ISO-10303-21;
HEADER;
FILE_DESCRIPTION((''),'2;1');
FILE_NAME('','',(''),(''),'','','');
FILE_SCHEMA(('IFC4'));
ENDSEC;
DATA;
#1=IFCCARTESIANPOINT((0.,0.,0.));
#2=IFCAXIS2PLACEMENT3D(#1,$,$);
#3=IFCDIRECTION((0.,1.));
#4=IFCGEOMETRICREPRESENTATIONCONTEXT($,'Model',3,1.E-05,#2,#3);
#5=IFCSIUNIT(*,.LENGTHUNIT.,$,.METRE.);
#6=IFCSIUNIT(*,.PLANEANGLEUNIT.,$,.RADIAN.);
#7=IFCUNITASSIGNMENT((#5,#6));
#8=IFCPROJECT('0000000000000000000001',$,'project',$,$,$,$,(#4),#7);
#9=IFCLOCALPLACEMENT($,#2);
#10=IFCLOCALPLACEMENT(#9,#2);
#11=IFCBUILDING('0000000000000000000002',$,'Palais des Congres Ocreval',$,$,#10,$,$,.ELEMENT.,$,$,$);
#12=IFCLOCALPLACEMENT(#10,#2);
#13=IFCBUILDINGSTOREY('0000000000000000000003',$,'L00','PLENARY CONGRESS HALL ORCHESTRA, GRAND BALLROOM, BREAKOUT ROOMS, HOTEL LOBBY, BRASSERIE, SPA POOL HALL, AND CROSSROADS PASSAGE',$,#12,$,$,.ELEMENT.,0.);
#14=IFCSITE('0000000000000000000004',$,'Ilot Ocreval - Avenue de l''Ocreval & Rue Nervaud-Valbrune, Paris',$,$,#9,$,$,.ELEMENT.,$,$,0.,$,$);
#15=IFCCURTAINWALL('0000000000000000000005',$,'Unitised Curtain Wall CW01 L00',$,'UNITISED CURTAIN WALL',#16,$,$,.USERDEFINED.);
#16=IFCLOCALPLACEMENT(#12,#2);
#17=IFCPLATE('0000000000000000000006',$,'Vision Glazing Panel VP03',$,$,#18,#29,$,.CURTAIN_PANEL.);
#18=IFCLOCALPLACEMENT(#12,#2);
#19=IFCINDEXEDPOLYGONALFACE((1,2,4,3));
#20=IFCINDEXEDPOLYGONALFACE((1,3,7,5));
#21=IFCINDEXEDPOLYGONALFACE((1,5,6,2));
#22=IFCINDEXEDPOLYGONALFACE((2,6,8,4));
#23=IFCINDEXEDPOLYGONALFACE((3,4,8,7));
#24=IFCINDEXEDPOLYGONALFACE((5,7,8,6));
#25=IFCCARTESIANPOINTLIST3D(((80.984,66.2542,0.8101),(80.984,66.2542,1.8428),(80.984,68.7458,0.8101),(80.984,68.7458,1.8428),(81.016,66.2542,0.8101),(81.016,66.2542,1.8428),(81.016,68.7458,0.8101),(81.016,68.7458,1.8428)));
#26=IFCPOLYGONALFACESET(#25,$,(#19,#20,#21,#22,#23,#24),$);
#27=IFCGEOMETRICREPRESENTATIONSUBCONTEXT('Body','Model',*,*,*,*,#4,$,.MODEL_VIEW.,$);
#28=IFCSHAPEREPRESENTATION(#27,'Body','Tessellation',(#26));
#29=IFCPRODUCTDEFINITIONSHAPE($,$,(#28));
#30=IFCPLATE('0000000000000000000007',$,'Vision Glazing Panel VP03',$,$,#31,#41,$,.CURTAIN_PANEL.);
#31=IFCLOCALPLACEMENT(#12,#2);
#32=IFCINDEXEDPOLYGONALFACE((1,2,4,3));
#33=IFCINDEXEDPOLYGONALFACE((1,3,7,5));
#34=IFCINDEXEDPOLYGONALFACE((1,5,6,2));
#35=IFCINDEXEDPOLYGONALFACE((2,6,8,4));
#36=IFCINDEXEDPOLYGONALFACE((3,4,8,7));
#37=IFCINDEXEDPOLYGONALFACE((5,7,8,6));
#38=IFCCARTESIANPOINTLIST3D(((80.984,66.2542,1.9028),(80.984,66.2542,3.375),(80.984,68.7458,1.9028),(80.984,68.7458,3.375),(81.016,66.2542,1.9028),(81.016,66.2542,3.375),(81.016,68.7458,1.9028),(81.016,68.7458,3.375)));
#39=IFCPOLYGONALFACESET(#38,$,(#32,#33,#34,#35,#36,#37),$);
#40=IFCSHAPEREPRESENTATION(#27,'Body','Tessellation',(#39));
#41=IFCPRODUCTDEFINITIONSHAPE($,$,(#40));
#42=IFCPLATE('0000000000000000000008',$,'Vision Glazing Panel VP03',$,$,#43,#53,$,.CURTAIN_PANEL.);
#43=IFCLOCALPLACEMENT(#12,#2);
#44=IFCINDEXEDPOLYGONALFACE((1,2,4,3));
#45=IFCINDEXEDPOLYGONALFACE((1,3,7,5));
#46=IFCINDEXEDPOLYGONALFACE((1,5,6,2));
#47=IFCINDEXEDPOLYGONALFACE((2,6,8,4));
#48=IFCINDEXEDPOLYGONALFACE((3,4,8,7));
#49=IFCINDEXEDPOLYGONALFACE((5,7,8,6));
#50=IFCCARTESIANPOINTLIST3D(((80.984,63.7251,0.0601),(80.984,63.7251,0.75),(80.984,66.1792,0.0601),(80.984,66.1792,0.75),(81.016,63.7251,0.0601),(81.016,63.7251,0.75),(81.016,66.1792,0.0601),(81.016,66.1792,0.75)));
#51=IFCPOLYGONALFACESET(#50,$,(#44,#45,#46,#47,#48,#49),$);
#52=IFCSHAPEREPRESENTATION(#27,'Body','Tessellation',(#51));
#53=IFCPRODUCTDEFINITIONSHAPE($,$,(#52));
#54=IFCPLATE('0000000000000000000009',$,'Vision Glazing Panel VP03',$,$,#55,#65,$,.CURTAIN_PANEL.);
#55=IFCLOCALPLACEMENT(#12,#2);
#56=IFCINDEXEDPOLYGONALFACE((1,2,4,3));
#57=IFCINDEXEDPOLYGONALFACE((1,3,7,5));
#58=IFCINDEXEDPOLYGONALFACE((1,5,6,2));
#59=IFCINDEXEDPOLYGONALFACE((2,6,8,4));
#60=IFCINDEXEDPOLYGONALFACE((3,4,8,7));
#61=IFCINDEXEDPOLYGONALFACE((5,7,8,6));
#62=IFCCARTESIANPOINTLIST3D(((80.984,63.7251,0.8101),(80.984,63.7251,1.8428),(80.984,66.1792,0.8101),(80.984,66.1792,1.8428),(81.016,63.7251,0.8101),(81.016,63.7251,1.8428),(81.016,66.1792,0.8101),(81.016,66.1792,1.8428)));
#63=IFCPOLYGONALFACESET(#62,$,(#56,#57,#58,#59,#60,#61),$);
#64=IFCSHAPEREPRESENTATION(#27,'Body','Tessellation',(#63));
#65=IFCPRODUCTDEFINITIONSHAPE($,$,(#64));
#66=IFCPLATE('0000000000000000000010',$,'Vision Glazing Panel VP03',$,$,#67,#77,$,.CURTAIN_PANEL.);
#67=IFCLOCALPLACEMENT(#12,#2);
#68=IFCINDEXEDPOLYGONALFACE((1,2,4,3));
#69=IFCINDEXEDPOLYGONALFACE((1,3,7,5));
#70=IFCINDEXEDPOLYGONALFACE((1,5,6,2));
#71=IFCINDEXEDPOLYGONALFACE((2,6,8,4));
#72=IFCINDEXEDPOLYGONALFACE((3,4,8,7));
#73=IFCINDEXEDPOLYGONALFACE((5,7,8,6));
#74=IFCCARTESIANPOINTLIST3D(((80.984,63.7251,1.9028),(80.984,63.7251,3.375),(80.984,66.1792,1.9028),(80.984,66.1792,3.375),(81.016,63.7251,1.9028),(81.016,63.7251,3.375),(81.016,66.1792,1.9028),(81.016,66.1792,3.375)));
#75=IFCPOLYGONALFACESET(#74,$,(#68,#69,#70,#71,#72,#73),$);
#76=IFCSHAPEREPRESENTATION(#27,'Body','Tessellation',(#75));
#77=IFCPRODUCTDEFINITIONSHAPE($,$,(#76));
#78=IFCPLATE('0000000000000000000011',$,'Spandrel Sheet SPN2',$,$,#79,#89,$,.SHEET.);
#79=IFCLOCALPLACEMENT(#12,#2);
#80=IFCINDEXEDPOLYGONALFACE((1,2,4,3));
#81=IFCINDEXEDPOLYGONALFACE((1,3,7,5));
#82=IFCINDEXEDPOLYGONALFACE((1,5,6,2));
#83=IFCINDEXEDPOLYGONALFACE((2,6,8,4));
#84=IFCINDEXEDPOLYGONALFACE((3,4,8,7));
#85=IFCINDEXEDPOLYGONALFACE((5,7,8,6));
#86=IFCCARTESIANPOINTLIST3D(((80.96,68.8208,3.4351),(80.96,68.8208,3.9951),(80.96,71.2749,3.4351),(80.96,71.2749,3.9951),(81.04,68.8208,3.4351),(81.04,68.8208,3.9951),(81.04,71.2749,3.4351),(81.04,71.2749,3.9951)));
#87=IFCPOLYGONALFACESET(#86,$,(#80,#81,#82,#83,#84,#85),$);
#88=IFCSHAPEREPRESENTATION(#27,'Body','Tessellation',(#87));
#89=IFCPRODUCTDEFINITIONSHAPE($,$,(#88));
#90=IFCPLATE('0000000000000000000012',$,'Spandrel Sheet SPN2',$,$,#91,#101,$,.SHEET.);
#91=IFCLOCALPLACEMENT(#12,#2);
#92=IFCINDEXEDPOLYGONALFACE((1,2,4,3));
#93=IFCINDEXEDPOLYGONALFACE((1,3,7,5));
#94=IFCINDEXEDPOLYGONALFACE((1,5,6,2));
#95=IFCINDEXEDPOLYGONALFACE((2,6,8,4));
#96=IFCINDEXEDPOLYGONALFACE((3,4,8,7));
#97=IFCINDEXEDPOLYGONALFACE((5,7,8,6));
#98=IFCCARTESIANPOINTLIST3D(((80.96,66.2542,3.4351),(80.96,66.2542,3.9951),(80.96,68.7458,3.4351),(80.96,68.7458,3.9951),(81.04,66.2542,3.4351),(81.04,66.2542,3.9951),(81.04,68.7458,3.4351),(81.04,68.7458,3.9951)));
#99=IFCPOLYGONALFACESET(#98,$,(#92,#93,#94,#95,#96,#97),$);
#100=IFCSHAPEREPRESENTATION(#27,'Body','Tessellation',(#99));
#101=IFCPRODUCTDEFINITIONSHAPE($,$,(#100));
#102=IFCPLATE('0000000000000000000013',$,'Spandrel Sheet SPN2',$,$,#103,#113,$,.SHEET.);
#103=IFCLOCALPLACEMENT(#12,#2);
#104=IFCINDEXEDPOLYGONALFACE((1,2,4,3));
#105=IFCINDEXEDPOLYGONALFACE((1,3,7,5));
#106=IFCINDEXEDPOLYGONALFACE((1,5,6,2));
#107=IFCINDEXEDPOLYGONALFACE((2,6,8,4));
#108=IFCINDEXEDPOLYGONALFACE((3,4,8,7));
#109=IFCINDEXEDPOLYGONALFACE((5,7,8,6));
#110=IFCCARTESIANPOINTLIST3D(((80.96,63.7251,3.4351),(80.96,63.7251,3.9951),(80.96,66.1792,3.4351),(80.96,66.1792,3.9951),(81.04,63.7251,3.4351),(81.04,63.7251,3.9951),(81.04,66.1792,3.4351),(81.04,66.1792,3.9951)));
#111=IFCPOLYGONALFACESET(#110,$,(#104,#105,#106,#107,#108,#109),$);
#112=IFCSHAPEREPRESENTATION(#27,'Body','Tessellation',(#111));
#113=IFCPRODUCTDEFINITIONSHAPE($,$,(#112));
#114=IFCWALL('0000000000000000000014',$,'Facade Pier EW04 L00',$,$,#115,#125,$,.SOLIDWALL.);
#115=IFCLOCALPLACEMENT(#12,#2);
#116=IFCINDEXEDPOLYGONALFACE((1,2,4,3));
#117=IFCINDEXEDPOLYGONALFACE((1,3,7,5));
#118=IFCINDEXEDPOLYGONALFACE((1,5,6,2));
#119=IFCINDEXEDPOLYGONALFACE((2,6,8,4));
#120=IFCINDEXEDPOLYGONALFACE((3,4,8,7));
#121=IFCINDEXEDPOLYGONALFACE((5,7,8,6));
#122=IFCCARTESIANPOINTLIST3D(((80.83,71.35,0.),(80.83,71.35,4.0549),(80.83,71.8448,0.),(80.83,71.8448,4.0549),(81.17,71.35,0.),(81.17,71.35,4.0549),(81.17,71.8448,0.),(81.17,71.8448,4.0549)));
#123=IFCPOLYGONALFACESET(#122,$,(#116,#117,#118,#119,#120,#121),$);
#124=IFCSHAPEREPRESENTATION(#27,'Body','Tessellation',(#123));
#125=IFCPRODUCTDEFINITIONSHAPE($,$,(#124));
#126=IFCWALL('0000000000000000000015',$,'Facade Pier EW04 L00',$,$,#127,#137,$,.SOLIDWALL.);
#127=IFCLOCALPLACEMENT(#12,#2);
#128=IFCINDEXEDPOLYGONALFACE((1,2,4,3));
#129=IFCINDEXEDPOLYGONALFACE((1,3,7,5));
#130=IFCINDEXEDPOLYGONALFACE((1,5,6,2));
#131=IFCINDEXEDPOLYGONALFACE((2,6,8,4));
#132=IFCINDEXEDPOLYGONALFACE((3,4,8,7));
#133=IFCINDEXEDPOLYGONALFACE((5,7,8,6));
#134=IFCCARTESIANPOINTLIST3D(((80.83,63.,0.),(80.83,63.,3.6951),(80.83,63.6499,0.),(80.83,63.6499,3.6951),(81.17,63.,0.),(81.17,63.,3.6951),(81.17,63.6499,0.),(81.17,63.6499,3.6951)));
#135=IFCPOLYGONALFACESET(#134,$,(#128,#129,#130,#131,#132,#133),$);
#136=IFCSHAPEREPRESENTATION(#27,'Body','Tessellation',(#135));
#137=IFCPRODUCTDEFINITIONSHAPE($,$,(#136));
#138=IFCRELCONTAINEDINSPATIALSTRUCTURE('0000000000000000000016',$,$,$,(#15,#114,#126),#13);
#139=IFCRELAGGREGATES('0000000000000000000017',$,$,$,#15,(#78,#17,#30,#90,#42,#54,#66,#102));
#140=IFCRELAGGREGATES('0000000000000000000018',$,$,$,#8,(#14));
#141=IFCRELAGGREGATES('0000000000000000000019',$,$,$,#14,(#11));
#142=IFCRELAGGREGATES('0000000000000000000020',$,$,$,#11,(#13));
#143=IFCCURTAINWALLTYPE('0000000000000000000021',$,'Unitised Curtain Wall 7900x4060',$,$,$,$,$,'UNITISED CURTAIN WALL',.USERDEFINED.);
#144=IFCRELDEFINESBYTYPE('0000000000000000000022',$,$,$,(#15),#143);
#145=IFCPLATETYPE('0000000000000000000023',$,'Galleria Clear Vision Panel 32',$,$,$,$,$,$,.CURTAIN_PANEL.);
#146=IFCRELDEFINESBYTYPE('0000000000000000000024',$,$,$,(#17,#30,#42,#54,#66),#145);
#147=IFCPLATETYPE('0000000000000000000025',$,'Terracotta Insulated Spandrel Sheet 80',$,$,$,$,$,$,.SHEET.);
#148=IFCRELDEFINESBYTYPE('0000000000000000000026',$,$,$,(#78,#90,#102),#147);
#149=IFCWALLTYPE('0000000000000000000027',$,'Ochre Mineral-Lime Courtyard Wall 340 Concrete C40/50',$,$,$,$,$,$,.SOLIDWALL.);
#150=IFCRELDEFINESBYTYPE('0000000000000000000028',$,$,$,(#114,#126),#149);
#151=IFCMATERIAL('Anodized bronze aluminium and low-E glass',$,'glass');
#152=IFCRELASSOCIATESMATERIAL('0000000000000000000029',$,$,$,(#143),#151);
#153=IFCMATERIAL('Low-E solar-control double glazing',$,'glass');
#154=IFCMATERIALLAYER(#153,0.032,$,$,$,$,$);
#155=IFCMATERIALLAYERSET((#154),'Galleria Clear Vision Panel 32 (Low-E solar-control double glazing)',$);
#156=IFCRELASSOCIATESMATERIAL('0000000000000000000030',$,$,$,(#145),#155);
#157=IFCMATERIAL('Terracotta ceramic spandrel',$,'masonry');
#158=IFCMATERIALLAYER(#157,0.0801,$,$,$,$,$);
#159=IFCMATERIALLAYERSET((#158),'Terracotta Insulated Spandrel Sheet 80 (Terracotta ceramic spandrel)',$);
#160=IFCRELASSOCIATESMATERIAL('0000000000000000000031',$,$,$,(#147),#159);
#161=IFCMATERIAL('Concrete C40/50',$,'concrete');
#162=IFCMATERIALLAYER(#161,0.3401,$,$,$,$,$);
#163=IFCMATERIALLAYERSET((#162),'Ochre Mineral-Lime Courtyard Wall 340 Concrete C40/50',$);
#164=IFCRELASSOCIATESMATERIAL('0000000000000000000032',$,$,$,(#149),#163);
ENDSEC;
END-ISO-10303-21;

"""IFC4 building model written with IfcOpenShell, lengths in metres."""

from ifc_helpers import new_model, si_unit, direction, frame, frame_2d, origin, origin_2d, place, context, subcontext, project, spatial, rectangle, extrude, material, layer, layer_set, type_object, element, aggregate, save


model = new_model("IFC4")

# Units and contexts
model_context = context("Model", 3, precision=1e-05, world=origin(), true_north=direction((0.0, 1.0)))
body_context = subcontext(model_context, "Body", "Model", "MODEL_VIEW")
ifc_project = project(units=[si_unit("LENGTHUNIT", "METRE"), si_unit("PLANEANGLEUNIT", "RADIAN")], contexts=[model_context])

# Site, building, storey
site_placement = place(None, origin())
site = spatial("IfcSite", under=ifc_project, at=site_placement, Name="Ilot Ocreval - Avenue de l'Ocreval & Rue Nervaud-Valbrune, Paris", CompositionType="ELEMENT", RefElevation=0.0)
building_placement = place(site_placement, origin())
building = spatial("IfcBuilding", under=site, at=building_placement, Name="Palais des Congres Ocreval", CompositionType="ELEMENT")
storey_placement = place(building_placement, origin())
storey = spatial("IfcBuildingStorey", under=building, at=storey_placement, Name="L00", Description="PLENARY CONGRESS HALL ORCHESTRA, GRAND BALLROOM, BREAKOUT ROOMS, HOTEL LOBBY, BRASSERIE, SPA POOL HALL, AND CROSSROADS PASSAGE", CompositionType="ELEMENT", Elevation=0.0)

# Curtain wall
ifc_material_1 = material(Name="Anodized bronze aluminium and low-E glass", Category="glass")
curtain_wall_type = type_object("IfcCurtainWallType", Name="Unitised Curtain Wall 7900x4060", ElementType="UNITISED CURTAIN WALL", PredefinedType="USERDEFINED", material=ifc_material_1)
curtain_wall_placement = place(storey_placement, origin())
curtain_wall = element("IfcCurtainWall", 1, at=curtain_wall_placement, inside=storey, type_object=curtain_wall_type, Name="Unitised Curtain Wall CW01 L00", ObjectType="UNITISED CURTAIN WALL", PredefinedType="USERDEFINED")

# Plates
ifc_material_2 = material(Name="Low-E solar-control double glazing", Category="glass")
ifc_layer_1 = layer(ifc_material_2, 0.032)
ifc_layer_set_1 = layer_set([ifc_layer_1], Name="Galleria Clear Vision Panel 32 (Low-E solar-control double glazing)")
plate_type_1 = type_object("IfcPlateType", Name="Galleria Clear Vision Panel 32", PredefinedType="CURTAIN_PANEL", material=ifc_layer_set_1)
plate_1_placement = place(storey_placement, frame((81.0, 67.5, 0.8101), z_axis=(0.0, 0.0, 1.0), x_axis=(0.0, -1.0, 0.0)))
plate_1 = element("IfcPlate", 2, at=plate_1_placement, type_object=plate_type_1, Name="Vision Glazing Panel VP03", PredefinedType="CURTAIN_PANEL", context=body_context, shape_type="SweptSolid", body=[
    extrude(rectangle(XDim=2.4917, YDim=0.032, at=origin_2d()), origin(), (0.0, 0.0, 1.0), 1.0327),
])
plate_2_placement = place(storey_placement, frame((81.0, 67.5, 1.9028), z_axis=(0.0, 0.0, 1.0), x_axis=(0.0, -1.0, 0.0)))
plate_2 = element("IfcPlate", 3, at=plate_2_placement, type_object=plate_type_1, Name="Vision Glazing Panel VP03", PredefinedType="CURTAIN_PANEL", context=body_context, shape_type="SweptSolid", body=[
    extrude(rectangle(XDim=2.4917, YDim=0.032, at=origin_2d()), origin(), (0.0, 0.0, 1.0), 1.4722),
])
plate_3_placement = place(storey_placement, frame((81.0, 64.9521, 0.0601), z_axis=(0.0, 0.0, 1.0), x_axis=(0.0, -1.0, 0.0)))
plate_3 = element("IfcPlate", 4, at=plate_3_placement, type_object=plate_type_1, Name="Vision Glazing Panel VP03", PredefinedType="CURTAIN_PANEL", context=body_context, shape_type="SweptSolid", body=[
    extrude(rectangle(XDim=2.4541, YDim=0.032, at=origin_2d()), origin(), (0.0, 0.0, 1.0), 0.6899),
])
plate_4_placement = place(storey_placement, frame((81.0, 64.9521, 0.8101), z_axis=(0.0, 0.0, 1.0), x_axis=(0.0, -1.0, 0.0)))
plate_4 = element("IfcPlate", 5, at=plate_4_placement, type_object=plate_type_1, Name="Vision Glazing Panel VP03", PredefinedType="CURTAIN_PANEL", context=body_context, shape_type="SweptSolid", body=[
    extrude(rectangle(XDim=2.4541, YDim=0.032, at=origin_2d()), origin(), (0.0, 0.0, 1.0), 1.0327),
])
plate_5_placement = place(storey_placement, frame((81.0, 64.9521, 1.9028), z_axis=(0.0, 0.0, 1.0), x_axis=(0.0, -1.0, 0.0)))
plate_5 = element("IfcPlate", 6, at=plate_5_placement, type_object=plate_type_1, Name="Vision Glazing Panel VP03", PredefinedType="CURTAIN_PANEL", context=body_context, shape_type="SweptSolid", body=[
    extrude(rectangle(XDim=2.4541, YDim=0.032, at=origin_2d()), origin(), (0.0, 0.0, 1.0), 1.4722),
])
ifc_material_3 = material(Name="Terracotta ceramic spandrel", Category="masonry")
ifc_layer_2 = layer(ifc_material_3, 0.0801)
ifc_layer_set_2 = layer_set([ifc_layer_2], Name="Terracotta Insulated Spandrel Sheet 80 (Terracotta ceramic spandrel)")
plate_type_2 = type_object("IfcPlateType", Name="Terracotta Insulated Spandrel Sheet 80", PredefinedType="SHEET", material=ifc_layer_set_2)
plate_6_placement = place(storey_placement, frame((81.0, 70.0479, 3.4351), z_axis=(0.0, 0.0, 1.0), x_axis=(0.0, -1.0, 0.0)))
plate_6 = element("IfcPlate", 7, at=plate_6_placement, type_object=plate_type_2, Name="Spandrel Sheet SPN2", PredefinedType="SHEET", context=body_context, shape_type="SweptSolid", body=[
    extrude(rectangle(XDim=2.4541, YDim=0.0801, at=origin_2d()), origin(), (0.0, 0.0, 1.0), 0.5601),
])
plate_7_placement = place(storey_placement, frame((81.0, 67.5, 3.4351), z_axis=(0.0, 0.0, 1.0), x_axis=(0.0, -1.0, 0.0)))
plate_7 = element("IfcPlate", 8, at=plate_7_placement, type_object=plate_type_2, Name="Spandrel Sheet SPN2", PredefinedType="SHEET", context=body_context, shape_type="SweptSolid", body=[
    extrude(rectangle(XDim=2.4917, YDim=0.0801, at=origin_2d()), origin(), (0.0, 0.0, 1.0), 0.5601),
])
plate_8_placement = place(storey_placement, frame((81.0, 64.9521, 3.4351), z_axis=(0.0, 0.0, 1.0), x_axis=(0.0, -1.0, 0.0)))
plate_8 = element("IfcPlate", 9, at=plate_8_placement, type_object=plate_type_2, Name="Spandrel Sheet SPN2", PredefinedType="SHEET", context=body_context, shape_type="SweptSolid", body=[
    extrude(rectangle(XDim=2.4541, YDim=0.0801, at=origin_2d()), origin(), (0.0, 0.0, 1.0), 0.5601),
])
aggregate(curtain_wall, [plate_6, plate_1, plate_2, plate_7, plate_3, plate_4, plate_5, plate_8])

# Walls
ifc_material_4 = material(Name="Concrete C40/50", Category="concrete")
ifc_layer_3 = layer(ifc_material_4, 0.3401)
ifc_layer_set_3 = layer_set([ifc_layer_3], Name="Ochre Mineral-Lime Courtyard Wall 340 Concrete C40/50")
wall_type = type_object("IfcWallType", Name="Ochre Mineral-Lime Courtyard Wall 340 Concrete C40/50", PredefinedType="SOLIDWALL", material=ifc_layer_set_3)
wall_1_placement = place(storey_placement, frame((81.0, 71.845, 0.0), z_axis=(0.0, 0.0, 1.0), x_axis=(0.0, -1.0, 0.0)))
element("IfcWall", 10, at=wall_1_placement, inside=storey, type_object=wall_type, Name="Facade Pier EW04 L00", PredefinedType="SOLIDWALL", context=body_context, shape_type="SweptSolid", body=[
    extrude(rectangle(XDim=0.4949, YDim=0.3401, at=frame_2d((0.2476, 0.0))), origin(), (0.0, 0.0, 1.0), 4.0549),
])
wall_2_placement = place(storey_placement, frame((81.0, 63.6499, 0.0), z_axis=(0.0, 0.0, 1.0), x_axis=(0.0, -1.0, 0.0)))
element("IfcWall", 11, at=wall_2_placement, inside=storey, type_object=wall_type, Name="Facade Pier EW04 L00", PredefinedType="SOLIDWALL", context=body_context, shape_type="SweptSolid", body=[
    extrude(rectangle(XDim=0.6499, YDim=0.3401, at=frame_2d((0.325, 0.0))), origin(), (0.0, 0.0, 1.0), 3.6951),
])

save(model, "model.ifc")
